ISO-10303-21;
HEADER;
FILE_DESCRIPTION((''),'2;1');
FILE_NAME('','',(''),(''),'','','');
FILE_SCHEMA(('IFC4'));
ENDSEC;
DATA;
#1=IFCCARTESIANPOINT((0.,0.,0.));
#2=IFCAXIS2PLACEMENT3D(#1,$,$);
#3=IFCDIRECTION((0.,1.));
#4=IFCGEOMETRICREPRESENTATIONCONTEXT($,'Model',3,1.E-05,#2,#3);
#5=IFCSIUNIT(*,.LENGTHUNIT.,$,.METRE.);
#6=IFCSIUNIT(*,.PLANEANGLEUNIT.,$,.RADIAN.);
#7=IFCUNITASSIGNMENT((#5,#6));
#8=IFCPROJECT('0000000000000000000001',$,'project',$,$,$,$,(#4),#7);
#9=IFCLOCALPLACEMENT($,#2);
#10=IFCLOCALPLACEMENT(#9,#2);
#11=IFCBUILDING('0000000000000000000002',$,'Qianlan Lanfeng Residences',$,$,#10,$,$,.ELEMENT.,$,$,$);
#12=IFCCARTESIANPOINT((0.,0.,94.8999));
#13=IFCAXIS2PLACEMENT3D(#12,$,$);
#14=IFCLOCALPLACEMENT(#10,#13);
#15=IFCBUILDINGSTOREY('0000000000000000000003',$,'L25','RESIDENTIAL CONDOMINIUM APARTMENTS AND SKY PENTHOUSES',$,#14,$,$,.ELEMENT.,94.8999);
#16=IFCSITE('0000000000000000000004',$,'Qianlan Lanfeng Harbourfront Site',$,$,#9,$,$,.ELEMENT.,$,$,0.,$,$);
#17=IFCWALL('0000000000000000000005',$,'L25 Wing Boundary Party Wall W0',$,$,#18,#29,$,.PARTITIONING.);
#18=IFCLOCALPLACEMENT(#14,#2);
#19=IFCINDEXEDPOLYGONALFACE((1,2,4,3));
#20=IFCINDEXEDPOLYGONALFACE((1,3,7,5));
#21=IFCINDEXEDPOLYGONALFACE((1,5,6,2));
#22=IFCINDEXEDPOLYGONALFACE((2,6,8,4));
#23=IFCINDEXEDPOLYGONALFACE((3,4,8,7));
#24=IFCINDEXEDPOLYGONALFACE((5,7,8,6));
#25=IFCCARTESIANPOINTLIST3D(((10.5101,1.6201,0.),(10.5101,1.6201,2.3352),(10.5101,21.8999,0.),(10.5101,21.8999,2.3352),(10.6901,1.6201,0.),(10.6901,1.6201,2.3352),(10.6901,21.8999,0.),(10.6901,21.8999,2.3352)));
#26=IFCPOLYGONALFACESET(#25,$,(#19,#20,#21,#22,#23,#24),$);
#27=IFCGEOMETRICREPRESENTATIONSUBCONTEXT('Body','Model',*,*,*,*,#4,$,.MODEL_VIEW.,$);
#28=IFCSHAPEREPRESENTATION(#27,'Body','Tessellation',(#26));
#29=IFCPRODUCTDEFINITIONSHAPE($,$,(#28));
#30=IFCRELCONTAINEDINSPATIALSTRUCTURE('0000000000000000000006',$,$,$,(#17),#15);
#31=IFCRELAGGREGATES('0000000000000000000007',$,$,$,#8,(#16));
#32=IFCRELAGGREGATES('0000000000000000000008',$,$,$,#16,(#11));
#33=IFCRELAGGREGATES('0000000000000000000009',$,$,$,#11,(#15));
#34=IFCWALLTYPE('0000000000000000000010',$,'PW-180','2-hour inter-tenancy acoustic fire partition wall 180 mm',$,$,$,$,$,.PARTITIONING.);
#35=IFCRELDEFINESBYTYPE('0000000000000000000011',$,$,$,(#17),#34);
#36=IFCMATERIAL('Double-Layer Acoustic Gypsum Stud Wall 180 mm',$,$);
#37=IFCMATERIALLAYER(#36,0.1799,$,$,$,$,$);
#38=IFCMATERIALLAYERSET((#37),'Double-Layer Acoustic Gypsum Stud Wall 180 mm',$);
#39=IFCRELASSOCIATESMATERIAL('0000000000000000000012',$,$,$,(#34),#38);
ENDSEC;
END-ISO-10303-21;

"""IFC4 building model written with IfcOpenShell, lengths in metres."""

from ifc_helpers import new_model, si_unit, direction, frame, frame_2d, origin, place, context, subcontext, project, spatial, rectangle, extrude, material, layer, layer_set, type_object, element, save


model = new_model("IFC4")

# Units and contexts
model_context = context("Model", 3, precision=1e-05, world=origin(), true_north=direction((0.0, 1.0)))
body_context = subcontext(model_context, "Body", "Model", "MODEL_VIEW")
ifc_project = project(units=[si_unit("LENGTHUNIT", "METRE"), si_unit("PLANEANGLEUNIT", "RADIAN")], contexts=[model_context])

# Site, building, storey
site_placement = place(None, origin())
site = spatial("IfcSite", under=ifc_project, at=site_placement, Name="Qianlan Lanfeng Harbourfront Site", CompositionType="ELEMENT", RefElevation=0.0)
building_placement = place(site_placement, origin())
building = spatial("IfcBuilding", under=site, at=building_placement, Name="Qianlan Lanfeng Residences", CompositionType="ELEMENT")
storey_placement = place(building_placement, frame((0.0, 0.0, 94.8999)))
storey = spatial("IfcBuildingStorey", under=building, at=storey_placement, Name="L25", Description="RESIDENTIAL CONDOMINIUM APARTMENTS AND SKY PENTHOUSES", CompositionType="ELEMENT", Elevation=94.8999)

# Wall
ifc_material_1 = material(Name="Double-Layer Acoustic Gypsum Stud Wall 180 mm")
ifc_layer_1 = layer(ifc_material_1, 0.1799)
ifc_layer_set_1 = layer_set([ifc_layer_1], Name="Double-Layer Acoustic Gypsum Stud Wall 180 mm")
wall_type_1 = type_object("IfcWallType", Name="PW-180", Description="2-hour inter-tenancy acoustic fire partition wall 180 mm", PredefinedType="PARTITIONING", material=ifc_layer_set_1)
wall_1_placement = place(storey_placement, frame((10.6001, 1.6201, 0.0), z_axis=(0.0, 0.0, 1.0), x_axis=(0.0, 1.0, 0.0)))
element("IfcWall", 1, at=wall_1_placement, inside=storey, type_object=wall_type_1, Name="L25 Wing Boundary Party Wall W0", PredefinedType="PARTITIONING", context=body_context, shape_type="SweptSolid", body=[
    extrude(rectangle(XDim=20.2798, YDim=0.1799, at=frame_2d((10.1399, 0.0))), origin(), (0.0, 0.0, 1.0), 2.3352),
])

save(model, "model.ifc")
